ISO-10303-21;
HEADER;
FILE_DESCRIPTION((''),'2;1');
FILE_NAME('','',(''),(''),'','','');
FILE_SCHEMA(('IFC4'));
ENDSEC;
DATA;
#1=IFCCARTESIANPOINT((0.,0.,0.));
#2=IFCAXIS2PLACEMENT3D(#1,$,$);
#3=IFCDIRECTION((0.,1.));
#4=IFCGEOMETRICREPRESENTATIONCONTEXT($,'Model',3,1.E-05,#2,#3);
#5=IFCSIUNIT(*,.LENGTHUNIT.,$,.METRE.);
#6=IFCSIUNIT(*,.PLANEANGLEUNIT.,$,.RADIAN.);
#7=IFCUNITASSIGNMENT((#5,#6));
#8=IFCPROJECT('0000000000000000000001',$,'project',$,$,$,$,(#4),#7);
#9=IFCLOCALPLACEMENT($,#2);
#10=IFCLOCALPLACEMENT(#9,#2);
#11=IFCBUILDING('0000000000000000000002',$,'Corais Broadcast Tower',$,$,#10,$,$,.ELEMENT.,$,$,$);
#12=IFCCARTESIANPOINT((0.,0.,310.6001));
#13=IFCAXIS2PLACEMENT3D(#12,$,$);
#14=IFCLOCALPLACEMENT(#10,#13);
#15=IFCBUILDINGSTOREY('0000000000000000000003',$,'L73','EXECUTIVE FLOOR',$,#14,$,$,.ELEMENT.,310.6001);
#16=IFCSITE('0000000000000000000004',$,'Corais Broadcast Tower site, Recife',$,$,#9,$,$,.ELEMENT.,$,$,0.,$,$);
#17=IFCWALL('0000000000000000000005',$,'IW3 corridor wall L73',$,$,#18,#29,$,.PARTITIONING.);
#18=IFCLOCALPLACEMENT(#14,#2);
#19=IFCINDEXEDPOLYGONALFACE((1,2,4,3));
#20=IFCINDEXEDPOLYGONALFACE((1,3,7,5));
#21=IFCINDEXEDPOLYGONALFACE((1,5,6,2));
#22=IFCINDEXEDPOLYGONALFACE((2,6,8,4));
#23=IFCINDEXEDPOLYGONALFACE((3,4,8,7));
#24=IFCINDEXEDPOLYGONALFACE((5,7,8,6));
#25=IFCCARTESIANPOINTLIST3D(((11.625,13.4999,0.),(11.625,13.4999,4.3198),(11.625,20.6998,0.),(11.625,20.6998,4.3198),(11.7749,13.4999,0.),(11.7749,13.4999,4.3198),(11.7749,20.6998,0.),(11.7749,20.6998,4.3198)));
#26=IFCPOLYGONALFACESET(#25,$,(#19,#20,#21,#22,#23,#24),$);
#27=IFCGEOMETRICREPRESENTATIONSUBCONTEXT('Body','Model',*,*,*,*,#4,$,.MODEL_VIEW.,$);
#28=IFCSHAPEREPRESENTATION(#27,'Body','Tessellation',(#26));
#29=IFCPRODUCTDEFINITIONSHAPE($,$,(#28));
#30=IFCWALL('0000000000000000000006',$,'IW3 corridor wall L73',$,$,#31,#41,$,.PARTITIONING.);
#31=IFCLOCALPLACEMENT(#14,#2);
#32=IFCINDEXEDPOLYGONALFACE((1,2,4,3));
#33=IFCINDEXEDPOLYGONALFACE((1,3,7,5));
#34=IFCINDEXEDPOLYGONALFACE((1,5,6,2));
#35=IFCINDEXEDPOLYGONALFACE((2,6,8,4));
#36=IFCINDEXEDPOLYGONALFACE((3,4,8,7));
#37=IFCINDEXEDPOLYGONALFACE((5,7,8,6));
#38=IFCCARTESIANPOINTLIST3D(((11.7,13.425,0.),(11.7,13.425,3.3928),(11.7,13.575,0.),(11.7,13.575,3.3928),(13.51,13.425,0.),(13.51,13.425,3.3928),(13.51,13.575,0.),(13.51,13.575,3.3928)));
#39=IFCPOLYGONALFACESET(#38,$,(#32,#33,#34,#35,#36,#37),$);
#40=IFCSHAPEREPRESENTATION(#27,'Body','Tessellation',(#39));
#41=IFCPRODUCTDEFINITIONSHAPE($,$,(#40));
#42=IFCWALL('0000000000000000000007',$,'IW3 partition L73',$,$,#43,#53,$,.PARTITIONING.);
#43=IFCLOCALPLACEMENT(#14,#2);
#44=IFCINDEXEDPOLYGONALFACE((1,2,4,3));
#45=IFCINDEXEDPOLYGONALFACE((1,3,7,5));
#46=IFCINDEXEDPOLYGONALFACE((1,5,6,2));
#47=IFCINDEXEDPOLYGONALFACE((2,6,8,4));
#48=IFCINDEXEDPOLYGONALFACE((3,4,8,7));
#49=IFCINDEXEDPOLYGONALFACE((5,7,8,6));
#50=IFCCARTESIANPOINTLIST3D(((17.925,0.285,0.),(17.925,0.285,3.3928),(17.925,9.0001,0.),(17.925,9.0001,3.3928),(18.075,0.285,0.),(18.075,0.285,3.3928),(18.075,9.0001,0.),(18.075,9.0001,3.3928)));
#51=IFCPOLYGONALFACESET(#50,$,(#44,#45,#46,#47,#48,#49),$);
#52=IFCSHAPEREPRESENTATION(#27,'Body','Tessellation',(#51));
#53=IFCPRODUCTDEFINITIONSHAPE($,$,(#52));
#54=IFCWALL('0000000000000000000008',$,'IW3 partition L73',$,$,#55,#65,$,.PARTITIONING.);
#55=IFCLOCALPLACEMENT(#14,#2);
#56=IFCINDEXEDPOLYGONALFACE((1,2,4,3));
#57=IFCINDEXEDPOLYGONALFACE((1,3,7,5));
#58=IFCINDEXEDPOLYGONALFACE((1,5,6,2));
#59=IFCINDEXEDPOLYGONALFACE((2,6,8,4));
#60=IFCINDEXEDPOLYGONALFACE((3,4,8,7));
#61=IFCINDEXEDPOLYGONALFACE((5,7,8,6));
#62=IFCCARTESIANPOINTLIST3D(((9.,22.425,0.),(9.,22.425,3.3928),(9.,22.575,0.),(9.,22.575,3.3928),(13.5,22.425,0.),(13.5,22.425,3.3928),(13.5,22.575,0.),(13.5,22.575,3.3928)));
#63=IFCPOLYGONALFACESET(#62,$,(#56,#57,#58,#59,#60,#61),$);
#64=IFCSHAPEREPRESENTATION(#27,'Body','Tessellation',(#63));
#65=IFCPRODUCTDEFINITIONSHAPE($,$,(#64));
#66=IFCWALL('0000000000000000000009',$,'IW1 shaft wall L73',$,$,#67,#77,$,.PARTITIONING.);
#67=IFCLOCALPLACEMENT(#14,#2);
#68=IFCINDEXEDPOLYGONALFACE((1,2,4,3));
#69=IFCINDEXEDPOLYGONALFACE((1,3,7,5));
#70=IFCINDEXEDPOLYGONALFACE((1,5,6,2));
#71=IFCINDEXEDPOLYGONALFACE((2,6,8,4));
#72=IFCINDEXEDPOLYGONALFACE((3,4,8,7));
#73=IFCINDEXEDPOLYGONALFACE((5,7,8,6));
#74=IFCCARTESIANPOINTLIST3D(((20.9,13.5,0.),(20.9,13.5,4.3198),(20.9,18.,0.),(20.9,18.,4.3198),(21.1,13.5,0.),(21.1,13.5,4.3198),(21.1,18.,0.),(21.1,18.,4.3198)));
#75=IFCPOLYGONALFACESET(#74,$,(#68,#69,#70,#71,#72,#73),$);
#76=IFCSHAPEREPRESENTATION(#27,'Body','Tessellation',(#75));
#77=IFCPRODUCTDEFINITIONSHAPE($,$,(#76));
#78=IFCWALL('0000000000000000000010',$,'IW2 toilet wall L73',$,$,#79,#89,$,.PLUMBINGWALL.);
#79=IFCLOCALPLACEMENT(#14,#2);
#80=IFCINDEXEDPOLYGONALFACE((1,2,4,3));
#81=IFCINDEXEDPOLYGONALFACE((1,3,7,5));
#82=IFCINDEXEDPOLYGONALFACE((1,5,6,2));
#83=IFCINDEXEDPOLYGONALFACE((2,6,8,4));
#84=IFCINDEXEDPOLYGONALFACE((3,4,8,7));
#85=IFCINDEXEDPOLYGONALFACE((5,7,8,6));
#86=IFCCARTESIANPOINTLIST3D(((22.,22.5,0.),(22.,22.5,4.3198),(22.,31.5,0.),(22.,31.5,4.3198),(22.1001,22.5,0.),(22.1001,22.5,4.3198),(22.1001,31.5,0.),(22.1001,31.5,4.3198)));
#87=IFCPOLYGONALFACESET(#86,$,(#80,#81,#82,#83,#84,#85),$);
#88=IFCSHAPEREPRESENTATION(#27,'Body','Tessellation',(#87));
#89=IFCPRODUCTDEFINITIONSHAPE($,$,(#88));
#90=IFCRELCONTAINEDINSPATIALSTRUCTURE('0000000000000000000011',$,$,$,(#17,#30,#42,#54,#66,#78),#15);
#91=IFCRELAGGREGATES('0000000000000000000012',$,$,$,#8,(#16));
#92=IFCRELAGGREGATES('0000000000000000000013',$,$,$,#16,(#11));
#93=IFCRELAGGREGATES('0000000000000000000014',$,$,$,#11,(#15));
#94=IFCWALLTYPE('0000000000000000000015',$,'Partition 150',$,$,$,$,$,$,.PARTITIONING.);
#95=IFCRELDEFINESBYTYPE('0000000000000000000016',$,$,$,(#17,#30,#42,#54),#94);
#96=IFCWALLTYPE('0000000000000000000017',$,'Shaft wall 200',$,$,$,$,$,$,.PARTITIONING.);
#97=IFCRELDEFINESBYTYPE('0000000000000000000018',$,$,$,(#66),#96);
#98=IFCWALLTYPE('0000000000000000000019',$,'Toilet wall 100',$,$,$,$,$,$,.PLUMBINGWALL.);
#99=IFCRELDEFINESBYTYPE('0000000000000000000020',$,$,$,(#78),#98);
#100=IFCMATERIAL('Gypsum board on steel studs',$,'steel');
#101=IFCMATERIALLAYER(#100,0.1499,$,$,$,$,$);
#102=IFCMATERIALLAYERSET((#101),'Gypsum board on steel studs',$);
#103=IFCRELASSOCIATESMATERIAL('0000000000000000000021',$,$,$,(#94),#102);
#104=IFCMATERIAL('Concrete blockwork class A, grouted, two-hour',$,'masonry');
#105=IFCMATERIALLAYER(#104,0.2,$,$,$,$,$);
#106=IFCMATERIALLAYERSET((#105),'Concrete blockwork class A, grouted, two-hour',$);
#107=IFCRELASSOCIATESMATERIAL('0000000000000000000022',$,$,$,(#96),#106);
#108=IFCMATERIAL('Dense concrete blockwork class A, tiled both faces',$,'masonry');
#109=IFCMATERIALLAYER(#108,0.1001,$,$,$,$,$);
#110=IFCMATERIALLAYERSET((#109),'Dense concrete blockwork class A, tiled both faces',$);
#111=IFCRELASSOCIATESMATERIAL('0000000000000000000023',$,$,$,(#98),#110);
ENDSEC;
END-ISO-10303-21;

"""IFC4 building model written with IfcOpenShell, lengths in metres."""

from ifc_helpers import new_model, si_unit, direction, frame, frame_2d, origin, place, context, subcontext, project, spatial, rectangle, extrude, material, layer, layer_set, type_object, element, save


model = new_model("IFC4")

# Units and contexts
model_context = context("Model", 3, precision=1e-05, world=origin(), true_north=direction((0.0, 1.0)))
body_context = subcontext(model_context, "Body", "Model", "MODEL_VIEW")
ifc_project = project(units=[si_unit("LENGTHUNIT", "METRE"), si_unit("PLANEANGLEUNIT", "RADIAN")], contexts=[model_context])

# Site, building, storey
site_placement = place(None, origin())
site = spatial("IfcSite", under=ifc_project, at=site_placement, Name="Corais Broadcast Tower site, Recife", CompositionType="ELEMENT", RefElevation=0.0)
building_placement = place(site_placement, origin())
building = spatial("IfcBuilding", under=site, at=building_placement, Name="Corais Broadcast Tower", CompositionType="ELEMENT")
storey_placement = place(building_placement, frame((0.0, 0.0, 310.6001)))
storey = spatial("IfcBuildingStorey", under=building, at=storey_placement, Name="L73", Description="EXECUTIVE FLOOR", CompositionType="ELEMENT", Elevation=310.6001)

# Walls
ifc_material_1 = material(Name="Gypsum board on steel studs", Category="steel")
ifc_layer_1 = layer(ifc_material_1, 0.1499)
ifc_layer_set_1 = layer_set([ifc_layer_1], Name="Gypsum board on steel studs")
wall_type_1 = type_object("IfcWallType", Name="Partition 150", PredefinedType="PARTITIONING", material=ifc_layer_set_1)
wall_1_placement = place(storey_placement, frame((11.7, 20.7, 0.0), z_axis=(0.0, 0.0, 1.0), x_axis=(0.0, -1.0, 0.0)))
element("IfcWall", 1, at=wall_1_placement, inside=storey, type_object=wall_type_1, Name="IW3 corridor wall L73", PredefinedType="PARTITIONING", context=body_context, shape_type="SweptSolid", body=[
    extrude(rectangle(XDim=7.2, YDim=0.1499, at=frame_2d((3.6001, 0.0))), origin(), (0.0, 0.0, 1.0), 4.3198),
])
wall_2_placement = place(storey_placement, frame((11.7, 13.5, 0.0), z_axis=(0.0, 0.0, 1.0), x_axis=(1.0, 0.0, 0.0)))
element("IfcWall", 2, at=wall_2_placement, inside=storey, type_object=wall_type_1, Name="IW3 corridor wall L73", PredefinedType="PARTITIONING", context=body_context, shape_type="SweptSolid", body=[
    extrude(rectangle(XDim=1.8101, YDim=0.1499, at=frame_2d((0.905, 0.0))), origin(), (0.0, 0.0, 1.0), 3.3928),
])
wall_3_placement = place(storey_placement, frame((18.0, 9.0, 0.0), z_axis=(0.0, 0.0, 1.0), x_axis=(0.0, -1.0, 0.0)))
element("IfcWall", 3, at=wall_3_placement, inside=storey, type_object=wall_type_1, Name="IW3 partition L73", PredefinedType="PARTITIONING", context=body_context, shape_type="SweptSolid", body=[
    extrude(rectangle(XDim=8.7151, YDim=0.1499, at=frame_2d((4.3574, 0.0))), origin(), (0.0, 0.0, 1.0), 3.3928),
])
wall_4_placement = place(storey_placement, frame((9.0, 22.5, 0.0), z_axis=(0.0, 0.0, 1.0), x_axis=(1.0, 0.0, 0.0)))
element("IfcWall", 4, at=wall_4_placement, inside=storey, type_object=wall_type_1, Name="IW3 partition L73", PredefinedType="PARTITIONING", context=body_context, shape_type="SweptSolid", body=[
    extrude(rectangle(XDim=4.5, YDim=0.1499, at=frame_2d((2.25, 0.0))), origin(), (0.0, 0.0, 1.0), 3.3928),
])
ifc_material_2 = material(Name="Concrete blockwork class A, grouted, two-hour", Category="masonry")
ifc_layer_2 = layer(ifc_material_2, 0.2)
ifc_layer_set_2 = layer_set([ifc_layer_2], Name="Concrete blockwork class A, grouted, two-hour")
wall_type_2 = type_object("IfcWallType", Name="Shaft wall 200", PredefinedType="PARTITIONING", material=ifc_layer_set_2)
wall_5_placement = place(storey_placement, frame((21.0, 13.5, 0.0), z_axis=(0.0, 0.0, 1.0), x_axis=(0.0, 1.0, 0.0)))
element("IfcWall", 5, at=wall_5_placement, inside=storey, type_object=wall_type_2, Name="IW1 shaft wall L73", PredefinedType="PARTITIONING", context=body_context, shape_type="SweptSolid", body=[
    extrude(rectangle(XDim=4.5, YDim=0.2, at=frame_2d((2.25, 0.0))), origin(), (0.0, 0.0, 1.0), 4.3198),
])
ifc_material_3 = material(Name="Dense concrete blockwork class A, tiled both faces", Category="masonry")
ifc_layer_3 = layer(ifc_material_3, 0.1001)
ifc_layer_set_3 = layer_set([ifc_layer_3], Name="Dense concrete blockwork class A, tiled both faces")
wall_type_3 = type_object("IfcWallType", Name="Toilet wall 100", PredefinedType="PLUMBINGWALL", material=ifc_layer_set_3)
wall_6_placement = place(storey_placement, frame((22.05, 22.5, 0.0), z_axis=(0.0, 0.0, 1.0), x_axis=(0.0, 1.0, 0.0)))
element("IfcWall", 6, at=wall_6_placement, inside=storey, type_object=wall_type_3, Name="IW2 toilet wall L73", PredefinedType="PLUMBINGWALL", context=body_context, shape_type="SweptSolid", body=[
    extrude(rectangle(XDim=9.0, YDim=0.1001, at=frame_2d((4.5, 0.0))), origin(), (0.0, 0.0, 1.0), 4.3198),
])

save(model, "model.ifc")
